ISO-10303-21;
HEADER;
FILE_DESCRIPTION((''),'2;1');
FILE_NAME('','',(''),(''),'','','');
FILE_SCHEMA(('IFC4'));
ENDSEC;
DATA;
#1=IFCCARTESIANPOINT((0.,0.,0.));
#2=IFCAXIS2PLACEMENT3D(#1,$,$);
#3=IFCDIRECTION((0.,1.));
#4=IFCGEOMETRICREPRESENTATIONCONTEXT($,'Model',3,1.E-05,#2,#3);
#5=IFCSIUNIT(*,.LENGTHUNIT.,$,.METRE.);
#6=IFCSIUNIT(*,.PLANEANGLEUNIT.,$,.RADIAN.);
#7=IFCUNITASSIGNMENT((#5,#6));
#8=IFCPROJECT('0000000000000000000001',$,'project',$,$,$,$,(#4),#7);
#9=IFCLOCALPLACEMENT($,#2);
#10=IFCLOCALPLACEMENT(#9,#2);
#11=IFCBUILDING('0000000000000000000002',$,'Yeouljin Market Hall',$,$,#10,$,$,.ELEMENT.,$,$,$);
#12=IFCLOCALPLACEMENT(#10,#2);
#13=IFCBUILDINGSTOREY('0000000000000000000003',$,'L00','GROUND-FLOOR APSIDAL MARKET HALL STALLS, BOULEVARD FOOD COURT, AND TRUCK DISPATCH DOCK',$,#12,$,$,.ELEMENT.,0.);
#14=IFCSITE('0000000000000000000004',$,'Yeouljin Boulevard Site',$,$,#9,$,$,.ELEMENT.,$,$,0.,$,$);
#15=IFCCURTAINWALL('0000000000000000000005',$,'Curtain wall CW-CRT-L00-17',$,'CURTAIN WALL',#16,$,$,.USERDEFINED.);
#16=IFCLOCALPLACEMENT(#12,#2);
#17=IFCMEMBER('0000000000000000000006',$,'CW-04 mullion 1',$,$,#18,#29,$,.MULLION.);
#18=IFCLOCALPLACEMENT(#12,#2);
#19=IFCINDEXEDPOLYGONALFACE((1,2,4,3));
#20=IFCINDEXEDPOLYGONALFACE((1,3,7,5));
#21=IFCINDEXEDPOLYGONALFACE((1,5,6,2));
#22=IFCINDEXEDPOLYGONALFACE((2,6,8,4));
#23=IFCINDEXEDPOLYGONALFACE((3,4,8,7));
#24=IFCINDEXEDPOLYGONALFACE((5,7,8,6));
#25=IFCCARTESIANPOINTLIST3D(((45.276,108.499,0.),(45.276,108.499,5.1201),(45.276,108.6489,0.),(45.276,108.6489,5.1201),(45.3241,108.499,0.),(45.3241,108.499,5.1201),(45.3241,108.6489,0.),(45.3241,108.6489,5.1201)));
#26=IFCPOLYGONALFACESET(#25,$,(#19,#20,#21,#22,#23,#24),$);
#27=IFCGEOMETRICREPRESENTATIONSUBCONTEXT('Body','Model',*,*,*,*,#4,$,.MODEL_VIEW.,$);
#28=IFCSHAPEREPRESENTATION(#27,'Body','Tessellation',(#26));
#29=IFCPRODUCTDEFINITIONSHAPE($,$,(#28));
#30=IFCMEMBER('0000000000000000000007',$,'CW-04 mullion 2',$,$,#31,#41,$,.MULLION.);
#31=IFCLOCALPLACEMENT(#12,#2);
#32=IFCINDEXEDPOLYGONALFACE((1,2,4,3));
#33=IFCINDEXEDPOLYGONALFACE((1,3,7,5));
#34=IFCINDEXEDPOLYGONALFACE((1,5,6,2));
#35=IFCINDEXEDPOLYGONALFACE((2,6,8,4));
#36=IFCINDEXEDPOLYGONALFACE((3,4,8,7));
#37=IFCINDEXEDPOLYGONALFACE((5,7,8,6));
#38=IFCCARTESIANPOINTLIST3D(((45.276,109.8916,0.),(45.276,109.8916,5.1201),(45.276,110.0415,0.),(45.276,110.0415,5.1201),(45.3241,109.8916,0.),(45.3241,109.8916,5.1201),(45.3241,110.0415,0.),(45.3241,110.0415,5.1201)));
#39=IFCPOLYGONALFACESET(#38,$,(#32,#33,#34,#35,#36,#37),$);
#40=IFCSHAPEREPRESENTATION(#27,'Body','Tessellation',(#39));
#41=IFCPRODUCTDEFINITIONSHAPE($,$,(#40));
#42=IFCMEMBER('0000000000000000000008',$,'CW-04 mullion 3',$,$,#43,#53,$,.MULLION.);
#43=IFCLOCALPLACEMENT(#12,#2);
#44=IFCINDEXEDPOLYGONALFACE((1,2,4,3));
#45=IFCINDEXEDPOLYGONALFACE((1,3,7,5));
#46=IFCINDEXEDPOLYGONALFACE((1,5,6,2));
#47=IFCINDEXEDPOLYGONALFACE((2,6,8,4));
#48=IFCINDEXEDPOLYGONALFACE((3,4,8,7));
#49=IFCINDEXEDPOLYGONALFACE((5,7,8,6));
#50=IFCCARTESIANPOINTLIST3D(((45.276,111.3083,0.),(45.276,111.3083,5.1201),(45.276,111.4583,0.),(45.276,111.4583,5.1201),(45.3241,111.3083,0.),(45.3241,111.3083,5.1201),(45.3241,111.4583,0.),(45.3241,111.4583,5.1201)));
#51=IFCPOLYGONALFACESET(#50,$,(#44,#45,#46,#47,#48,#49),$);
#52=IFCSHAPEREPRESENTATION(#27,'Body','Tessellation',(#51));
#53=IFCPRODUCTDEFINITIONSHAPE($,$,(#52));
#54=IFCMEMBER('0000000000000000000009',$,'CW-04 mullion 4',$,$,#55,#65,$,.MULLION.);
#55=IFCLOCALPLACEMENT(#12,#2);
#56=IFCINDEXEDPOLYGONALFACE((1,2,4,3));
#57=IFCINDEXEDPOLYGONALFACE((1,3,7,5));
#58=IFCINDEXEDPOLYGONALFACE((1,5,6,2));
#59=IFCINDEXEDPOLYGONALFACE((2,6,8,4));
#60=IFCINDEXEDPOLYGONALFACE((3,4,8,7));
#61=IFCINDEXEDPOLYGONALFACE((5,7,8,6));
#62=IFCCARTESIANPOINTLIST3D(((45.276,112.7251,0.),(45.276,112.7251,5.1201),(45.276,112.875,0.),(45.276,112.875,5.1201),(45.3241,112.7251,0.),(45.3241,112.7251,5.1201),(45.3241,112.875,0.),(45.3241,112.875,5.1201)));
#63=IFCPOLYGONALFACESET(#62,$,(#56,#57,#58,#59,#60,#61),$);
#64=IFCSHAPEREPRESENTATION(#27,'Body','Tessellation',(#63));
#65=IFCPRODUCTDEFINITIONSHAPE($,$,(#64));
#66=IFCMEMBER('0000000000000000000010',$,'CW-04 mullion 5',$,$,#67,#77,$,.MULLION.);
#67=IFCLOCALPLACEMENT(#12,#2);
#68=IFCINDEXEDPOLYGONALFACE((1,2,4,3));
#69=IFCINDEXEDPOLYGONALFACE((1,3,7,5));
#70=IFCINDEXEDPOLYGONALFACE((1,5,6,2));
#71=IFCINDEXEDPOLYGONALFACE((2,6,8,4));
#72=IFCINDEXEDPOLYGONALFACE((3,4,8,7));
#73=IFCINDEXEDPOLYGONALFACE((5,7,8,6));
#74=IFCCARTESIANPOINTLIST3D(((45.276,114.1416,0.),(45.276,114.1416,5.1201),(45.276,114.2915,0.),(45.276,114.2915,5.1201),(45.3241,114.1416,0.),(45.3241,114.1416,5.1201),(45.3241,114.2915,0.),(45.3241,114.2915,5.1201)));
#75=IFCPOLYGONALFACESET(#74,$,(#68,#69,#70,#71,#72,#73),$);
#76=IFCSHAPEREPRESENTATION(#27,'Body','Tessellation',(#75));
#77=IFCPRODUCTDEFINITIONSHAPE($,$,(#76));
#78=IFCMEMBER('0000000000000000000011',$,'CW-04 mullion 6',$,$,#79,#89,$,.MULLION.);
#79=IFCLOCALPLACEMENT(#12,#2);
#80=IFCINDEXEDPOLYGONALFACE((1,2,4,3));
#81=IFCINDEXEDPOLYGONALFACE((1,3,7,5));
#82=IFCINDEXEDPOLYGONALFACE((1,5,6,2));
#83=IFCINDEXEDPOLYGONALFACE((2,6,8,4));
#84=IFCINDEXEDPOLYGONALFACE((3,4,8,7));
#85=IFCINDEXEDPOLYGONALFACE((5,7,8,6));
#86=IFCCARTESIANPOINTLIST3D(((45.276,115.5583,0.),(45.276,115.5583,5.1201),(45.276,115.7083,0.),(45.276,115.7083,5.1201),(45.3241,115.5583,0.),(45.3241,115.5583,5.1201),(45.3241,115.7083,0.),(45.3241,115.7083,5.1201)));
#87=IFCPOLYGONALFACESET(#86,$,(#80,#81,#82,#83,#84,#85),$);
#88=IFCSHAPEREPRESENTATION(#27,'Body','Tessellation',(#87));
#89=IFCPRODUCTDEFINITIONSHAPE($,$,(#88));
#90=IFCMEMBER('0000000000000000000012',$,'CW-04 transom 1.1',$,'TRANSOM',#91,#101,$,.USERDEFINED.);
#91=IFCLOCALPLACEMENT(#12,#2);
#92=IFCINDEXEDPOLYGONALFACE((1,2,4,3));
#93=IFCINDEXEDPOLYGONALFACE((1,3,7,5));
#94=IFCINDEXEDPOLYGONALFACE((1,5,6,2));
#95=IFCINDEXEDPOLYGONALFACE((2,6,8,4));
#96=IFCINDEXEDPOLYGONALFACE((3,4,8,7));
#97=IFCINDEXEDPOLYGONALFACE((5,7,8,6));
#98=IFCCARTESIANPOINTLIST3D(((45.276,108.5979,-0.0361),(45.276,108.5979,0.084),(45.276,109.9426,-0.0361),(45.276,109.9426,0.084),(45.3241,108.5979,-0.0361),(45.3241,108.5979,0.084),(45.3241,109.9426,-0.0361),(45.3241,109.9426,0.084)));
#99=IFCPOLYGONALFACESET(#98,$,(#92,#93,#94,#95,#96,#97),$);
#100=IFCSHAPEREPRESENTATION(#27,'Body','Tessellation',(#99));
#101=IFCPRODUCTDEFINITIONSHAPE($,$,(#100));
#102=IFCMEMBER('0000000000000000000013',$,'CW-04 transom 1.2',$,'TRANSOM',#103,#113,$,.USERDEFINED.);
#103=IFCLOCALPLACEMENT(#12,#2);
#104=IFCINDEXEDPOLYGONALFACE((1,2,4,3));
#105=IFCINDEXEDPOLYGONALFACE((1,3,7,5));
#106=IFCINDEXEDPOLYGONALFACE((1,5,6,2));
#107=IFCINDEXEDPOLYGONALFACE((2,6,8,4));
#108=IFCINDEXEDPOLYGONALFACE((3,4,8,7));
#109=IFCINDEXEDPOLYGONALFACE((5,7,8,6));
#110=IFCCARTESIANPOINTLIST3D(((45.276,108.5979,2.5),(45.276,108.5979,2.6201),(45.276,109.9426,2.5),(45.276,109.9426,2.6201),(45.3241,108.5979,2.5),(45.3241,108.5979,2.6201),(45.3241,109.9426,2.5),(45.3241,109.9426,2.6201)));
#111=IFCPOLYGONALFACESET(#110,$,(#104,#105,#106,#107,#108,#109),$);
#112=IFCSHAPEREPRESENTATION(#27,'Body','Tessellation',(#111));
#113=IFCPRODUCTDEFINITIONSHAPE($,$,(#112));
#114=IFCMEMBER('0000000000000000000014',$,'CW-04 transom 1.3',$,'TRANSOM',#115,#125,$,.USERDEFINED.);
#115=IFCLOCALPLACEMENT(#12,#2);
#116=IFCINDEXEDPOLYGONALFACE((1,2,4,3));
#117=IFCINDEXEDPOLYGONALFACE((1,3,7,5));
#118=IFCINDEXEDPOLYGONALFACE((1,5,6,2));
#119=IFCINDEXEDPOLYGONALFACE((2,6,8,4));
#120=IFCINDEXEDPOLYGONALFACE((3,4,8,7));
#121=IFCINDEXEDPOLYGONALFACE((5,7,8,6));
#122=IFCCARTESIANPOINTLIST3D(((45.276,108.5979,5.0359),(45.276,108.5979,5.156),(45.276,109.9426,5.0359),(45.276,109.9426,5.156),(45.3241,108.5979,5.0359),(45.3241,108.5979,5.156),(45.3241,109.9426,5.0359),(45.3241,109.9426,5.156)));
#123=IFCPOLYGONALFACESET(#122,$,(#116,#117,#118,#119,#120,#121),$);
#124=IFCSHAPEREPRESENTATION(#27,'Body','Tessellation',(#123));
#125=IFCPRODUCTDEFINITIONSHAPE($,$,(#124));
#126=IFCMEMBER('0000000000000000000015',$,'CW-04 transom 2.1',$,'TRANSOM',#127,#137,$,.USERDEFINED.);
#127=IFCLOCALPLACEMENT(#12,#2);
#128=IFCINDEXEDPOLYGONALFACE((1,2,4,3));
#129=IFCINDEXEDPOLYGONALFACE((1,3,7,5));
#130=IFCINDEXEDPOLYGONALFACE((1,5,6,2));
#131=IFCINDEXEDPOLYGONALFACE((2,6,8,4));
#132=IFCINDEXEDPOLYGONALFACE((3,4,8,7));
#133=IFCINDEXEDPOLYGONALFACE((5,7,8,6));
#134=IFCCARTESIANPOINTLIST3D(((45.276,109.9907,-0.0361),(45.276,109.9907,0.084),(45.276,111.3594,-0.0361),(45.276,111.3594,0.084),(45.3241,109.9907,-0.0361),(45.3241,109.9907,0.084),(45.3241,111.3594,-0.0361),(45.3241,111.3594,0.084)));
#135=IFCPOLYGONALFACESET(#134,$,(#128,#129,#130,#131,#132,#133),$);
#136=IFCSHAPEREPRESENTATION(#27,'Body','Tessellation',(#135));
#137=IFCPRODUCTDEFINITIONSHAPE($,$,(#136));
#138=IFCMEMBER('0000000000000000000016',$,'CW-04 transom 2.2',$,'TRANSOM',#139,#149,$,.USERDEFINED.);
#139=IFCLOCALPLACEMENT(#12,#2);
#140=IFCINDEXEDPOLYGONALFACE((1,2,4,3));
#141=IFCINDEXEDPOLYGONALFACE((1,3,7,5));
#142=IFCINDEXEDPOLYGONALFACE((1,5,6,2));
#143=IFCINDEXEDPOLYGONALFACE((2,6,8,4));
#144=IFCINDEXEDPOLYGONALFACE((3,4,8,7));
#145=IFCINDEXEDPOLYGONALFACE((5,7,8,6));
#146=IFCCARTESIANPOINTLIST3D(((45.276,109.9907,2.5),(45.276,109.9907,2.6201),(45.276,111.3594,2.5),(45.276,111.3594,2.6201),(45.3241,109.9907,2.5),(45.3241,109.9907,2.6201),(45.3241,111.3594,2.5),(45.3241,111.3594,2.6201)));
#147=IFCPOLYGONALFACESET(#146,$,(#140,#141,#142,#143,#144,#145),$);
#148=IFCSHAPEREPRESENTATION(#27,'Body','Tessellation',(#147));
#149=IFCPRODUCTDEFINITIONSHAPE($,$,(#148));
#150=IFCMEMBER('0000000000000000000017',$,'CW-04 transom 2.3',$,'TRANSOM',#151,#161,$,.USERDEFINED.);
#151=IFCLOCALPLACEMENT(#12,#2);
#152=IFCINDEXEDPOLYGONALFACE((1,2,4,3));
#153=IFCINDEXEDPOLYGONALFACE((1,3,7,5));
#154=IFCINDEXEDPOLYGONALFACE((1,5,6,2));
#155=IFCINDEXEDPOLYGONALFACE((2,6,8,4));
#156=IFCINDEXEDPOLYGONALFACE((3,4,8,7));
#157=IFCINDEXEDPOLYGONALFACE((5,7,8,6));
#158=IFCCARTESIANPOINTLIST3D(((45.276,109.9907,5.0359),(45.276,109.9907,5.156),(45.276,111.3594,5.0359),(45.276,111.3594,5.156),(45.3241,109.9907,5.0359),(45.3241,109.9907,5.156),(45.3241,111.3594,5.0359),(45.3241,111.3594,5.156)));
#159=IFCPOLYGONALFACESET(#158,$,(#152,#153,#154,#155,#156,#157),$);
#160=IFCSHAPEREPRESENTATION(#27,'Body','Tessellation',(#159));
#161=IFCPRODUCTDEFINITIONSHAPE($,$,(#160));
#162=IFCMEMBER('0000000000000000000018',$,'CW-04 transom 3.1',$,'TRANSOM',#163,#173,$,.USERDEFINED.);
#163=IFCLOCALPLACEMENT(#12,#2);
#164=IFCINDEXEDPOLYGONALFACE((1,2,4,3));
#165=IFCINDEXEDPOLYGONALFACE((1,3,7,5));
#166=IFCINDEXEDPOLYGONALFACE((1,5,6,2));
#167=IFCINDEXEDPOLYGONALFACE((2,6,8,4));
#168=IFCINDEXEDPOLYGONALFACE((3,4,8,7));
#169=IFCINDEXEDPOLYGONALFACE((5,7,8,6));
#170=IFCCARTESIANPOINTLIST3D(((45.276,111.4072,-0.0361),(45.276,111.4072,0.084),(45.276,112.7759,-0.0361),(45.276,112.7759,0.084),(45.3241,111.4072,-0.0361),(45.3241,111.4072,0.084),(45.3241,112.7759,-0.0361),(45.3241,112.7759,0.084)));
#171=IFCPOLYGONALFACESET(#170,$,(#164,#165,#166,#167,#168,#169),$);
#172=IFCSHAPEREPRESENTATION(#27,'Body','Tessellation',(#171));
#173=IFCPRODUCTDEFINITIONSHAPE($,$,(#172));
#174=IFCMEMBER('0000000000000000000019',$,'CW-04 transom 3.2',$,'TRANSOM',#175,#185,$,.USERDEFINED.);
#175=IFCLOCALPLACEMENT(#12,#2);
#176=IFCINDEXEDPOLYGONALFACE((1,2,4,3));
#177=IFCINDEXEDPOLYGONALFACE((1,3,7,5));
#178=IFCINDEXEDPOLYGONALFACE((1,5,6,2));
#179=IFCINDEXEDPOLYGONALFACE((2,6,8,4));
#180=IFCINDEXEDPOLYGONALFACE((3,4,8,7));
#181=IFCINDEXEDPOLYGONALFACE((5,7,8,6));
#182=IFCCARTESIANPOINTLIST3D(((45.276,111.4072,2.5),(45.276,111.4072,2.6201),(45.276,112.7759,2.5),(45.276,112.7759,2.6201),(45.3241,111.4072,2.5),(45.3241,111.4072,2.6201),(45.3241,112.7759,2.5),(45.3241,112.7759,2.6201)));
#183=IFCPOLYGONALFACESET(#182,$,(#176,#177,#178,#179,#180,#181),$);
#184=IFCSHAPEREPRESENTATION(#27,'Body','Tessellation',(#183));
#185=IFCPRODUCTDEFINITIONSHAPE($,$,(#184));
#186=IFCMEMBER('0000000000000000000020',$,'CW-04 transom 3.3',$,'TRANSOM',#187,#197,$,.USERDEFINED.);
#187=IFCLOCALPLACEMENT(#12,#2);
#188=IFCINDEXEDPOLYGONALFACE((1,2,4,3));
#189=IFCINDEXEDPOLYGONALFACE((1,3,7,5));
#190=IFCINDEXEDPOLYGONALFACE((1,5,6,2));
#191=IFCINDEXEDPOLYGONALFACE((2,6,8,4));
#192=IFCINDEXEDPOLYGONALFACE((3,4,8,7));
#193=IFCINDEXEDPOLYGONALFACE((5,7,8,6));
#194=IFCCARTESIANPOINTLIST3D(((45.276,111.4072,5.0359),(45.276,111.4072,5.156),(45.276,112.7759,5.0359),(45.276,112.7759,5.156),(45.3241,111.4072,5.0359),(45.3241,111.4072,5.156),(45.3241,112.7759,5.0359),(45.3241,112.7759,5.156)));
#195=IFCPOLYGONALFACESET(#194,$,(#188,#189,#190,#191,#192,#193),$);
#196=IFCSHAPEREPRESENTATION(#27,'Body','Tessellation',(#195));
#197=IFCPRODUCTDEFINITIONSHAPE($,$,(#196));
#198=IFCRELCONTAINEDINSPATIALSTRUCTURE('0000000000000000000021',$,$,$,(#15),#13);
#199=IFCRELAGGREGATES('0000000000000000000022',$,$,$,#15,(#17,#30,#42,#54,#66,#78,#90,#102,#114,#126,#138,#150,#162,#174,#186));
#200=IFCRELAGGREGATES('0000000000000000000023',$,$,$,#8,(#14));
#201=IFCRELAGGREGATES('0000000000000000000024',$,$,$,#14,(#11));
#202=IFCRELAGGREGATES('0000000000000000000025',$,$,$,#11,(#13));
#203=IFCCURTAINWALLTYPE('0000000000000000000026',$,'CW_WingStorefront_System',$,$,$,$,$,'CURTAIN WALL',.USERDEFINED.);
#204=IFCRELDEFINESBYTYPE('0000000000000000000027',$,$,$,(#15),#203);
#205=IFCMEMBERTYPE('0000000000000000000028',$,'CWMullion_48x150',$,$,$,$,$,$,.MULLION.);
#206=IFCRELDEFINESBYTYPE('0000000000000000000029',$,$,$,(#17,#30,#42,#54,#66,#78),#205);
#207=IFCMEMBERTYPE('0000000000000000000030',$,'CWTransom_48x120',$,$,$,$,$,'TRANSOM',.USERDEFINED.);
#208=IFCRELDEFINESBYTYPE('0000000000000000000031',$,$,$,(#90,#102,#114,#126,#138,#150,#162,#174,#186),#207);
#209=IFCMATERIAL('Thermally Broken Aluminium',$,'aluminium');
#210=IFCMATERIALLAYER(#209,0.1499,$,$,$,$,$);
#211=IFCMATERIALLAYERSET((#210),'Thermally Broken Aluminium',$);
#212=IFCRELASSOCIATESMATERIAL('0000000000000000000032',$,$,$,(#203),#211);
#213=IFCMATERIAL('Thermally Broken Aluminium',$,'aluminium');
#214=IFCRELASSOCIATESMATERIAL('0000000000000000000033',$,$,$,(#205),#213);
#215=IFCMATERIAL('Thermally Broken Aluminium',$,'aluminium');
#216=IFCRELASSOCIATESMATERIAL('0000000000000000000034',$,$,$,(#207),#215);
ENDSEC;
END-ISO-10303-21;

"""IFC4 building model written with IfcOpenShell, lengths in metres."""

from ifc_helpers import new_model, si_unit, direction, frame, origin, origin_2d, place, context, subcontext, project, spatial, rectangle, extrude, material, layer, layer_set, material_profile, profile_set, type_object, element, aggregate, save


model = new_model("IFC4")

# Units and contexts
model_context = context("Model", 3, precision=1e-05, world=origin(), true_north=direction((0.0, 1.0)))
body_context = subcontext(model_context, "Body", "Model", "MODEL_VIEW")
ifc_project = project(units=[si_unit("LENGTHUNIT", "METRE"), si_unit("PLANEANGLEUNIT", "RADIAN")], contexts=[model_context])

# Site, building, storey
site_placement = place(None, origin())
site = spatial("IfcSite", under=ifc_project, at=site_placement, Name="Yeouljin Boulevard Site", CompositionType="ELEMENT", RefElevation=0.0)
building_placement = place(site_placement, origin())
building = spatial("IfcBuilding", under=site, at=building_placement, Name="Yeouljin Market Hall", CompositionType="ELEMENT")
storey_placement = place(building_placement, origin())
storey = spatial("IfcBuildingStorey", under=building, at=storey_placement, Name="L00", Description="GROUND-FLOOR APSIDAL MARKET HALL STALLS, BOULEVARD FOOD COURT, AND TRUCK DISPATCH DOCK", CompositionType="ELEMENT", Elevation=0.0)

# Curtain wall, members
ifc_material_1 = material(Name="Thermally Broken Aluminium", Category="aluminium")
ifc_layer_1 = layer(ifc_material_1, 0.1499)
ifc_layer_set_1 = layer_set([ifc_layer_1], Name="Thermally Broken Aluminium")
curtain_wall_type = type_object("IfcCurtainWallType", Name="CW_WingStorefront_System", ElementType="CURTAIN WALL", PredefinedType="USERDEFINED", material=ifc_layer_set_1)
curtain_wall_placement = place(storey_placement, origin())
curtain_wall = element("IfcCurtainWall", 1, at=curtain_wall_placement, inside=storey, type_object=curtain_wall_type, Name="Curtain wall CW-CRT-L00-17", ObjectType="CURTAIN WALL", PredefinedType="USERDEFINED")
ifc_material_2 = material(Name="Thermally Broken Aluminium", Category="aluminium")
ifc_material_profile_1 = material_profile(ifc_material_2, rectangle(XDim=0.0481, YDim=0.1499, at=origin_2d()), Name="CW-MULL-48x150")
ifc_profile_set_1 = profile_set([ifc_material_profile_1], Name="Thermally Broken Aluminium")
member_type_1 = type_object("IfcMemberType", Name="CWMullion_48x150", PredefinedType="MULLION", material=ifc_profile_set_1)
member_1_placement = place(storey_placement, frame((45.3, 108.574, 0.0), z_axis=(0.0, 0.0, 1.0), x_axis=(-1.0, 0.0, 0.0)))
member_1 = element("IfcMember", 2, at=member_1_placement, type_object=member_type_1, Name="CW-04 mullion 1", PredefinedType="MULLION", context=body_context, shape_type="SweptSolid", body=[
    extrude(rectangle(XDim=0.0481, YDim=0.1499, at=origin_2d()), origin(), (0.0, 0.0, 1.0), 5.1201),
])
member_2_placement = place(storey_placement, frame((45.3, 109.9666, 0.0), z_axis=(0.0, 0.0, 1.0), x_axis=(-1.0, 0.0, 0.0)))
member_2 = element("IfcMember", 3, at=member_2_placement, type_object=member_type_1, Name="CW-04 mullion 2", PredefinedType="MULLION", context=body_context, shape_type="SweptSolid", body=[
    extrude(rectangle(XDim=0.0481, YDim=0.1499, at=origin_2d()), origin(), (0.0, 0.0, 1.0), 5.1201),
])
member_3_placement = place(storey_placement, frame((45.3, 111.3833, 0.0), z_axis=(0.0, 0.0, 1.0), x_axis=(-1.0, 0.0, 0.0)))
member_3 = element("IfcMember", 4, at=member_3_placement, type_object=member_type_1, Name="CW-04 mullion 3", PredefinedType="MULLION", context=body_context, shape_type="SweptSolid", body=[
    extrude(rectangle(XDim=0.0481, YDim=0.1499, at=origin_2d()), origin(), (0.0, 0.0, 1.0), 5.1201),
])
member_4_placement = place(storey_placement, frame((45.3, 112.8, 0.0), z_axis=(0.0, 0.0, 1.0), x_axis=(-1.0, 0.0, 0.0)))
member_4 = element("IfcMember", 5, at=member_4_placement, type_object=member_type_1, Name="CW-04 mullion 4", PredefinedType="MULLION", context=body_context, shape_type="SweptSolid", body=[
    extrude(rectangle(XDim=0.0481, YDim=0.1499, at=origin_2d()), origin(), (0.0, 0.0, 1.0), 5.1201),
])
member_5_placement = place(storey_placement, frame((45.3, 114.2166, 0.0), z_axis=(0.0, 0.0, 1.0), x_axis=(-1.0, 0.0, 0.0)))
member_5 = element("IfcMember", 6, at=member_5_placement, type_object=member_type_1, Name="CW-04 mullion 5", PredefinedType="MULLION", context=body_context, shape_type="SweptSolid", body=[
    extrude(rectangle(XDim=0.0481, YDim=0.1499, at=origin_2d()), origin(), (0.0, 0.0, 1.0), 5.1201),
])
member_6_placement = place(storey_placement, frame((45.3, 115.6333, 0.0), z_axis=(0.0, 0.0, 1.0), x_axis=(-1.0, 0.0, 0.0)))
member_6 = element("IfcMember", 7, at=member_6_placement, type_object=member_type_1, Name="CW-04 mullion 6", PredefinedType="MULLION", context=body_context, shape_type="SweptSolid", body=[
    extrude(rectangle(XDim=0.0481, YDim=0.1499, at=origin_2d()), origin(), (0.0, 0.0, 1.0), 5.1201),
])
ifc_material_3 = material(Name="Thermally Broken Aluminium", Category="aluminium")
ifc_material_profile_2 = material_profile(ifc_material_3, rectangle(XDim=0.0481, YDim=0.1201, at=origin_2d()), Name="CW-TRAN-48x120")
ifc_profile_set_2 = profile_set([ifc_material_profile_2], Name="Thermally Broken Aluminium")
member_type_2 = type_object("IfcMemberType", Name="CWTransom_48x120", ElementType="TRANSOM", PredefinedType="USERDEFINED", material=ifc_profile_set_2)
member_7_placement = place(storey_placement, frame((45.3, 108.5979, 0.0239), z_axis=(0.0, 1.0, 0.0), x_axis=(-1.0, 0.0, 0.0)))
member_7 = element("IfcMember", 8, at=member_7_placement, type_object=member_type_2, Name="CW-04 transom 1.1", ObjectType="TRANSOM", PredefinedType="USERDEFINED", context=body_context, shape_type="SweptSolid", body=[
    extrude(rectangle(XDim=0.0481, YDim=0.1201, at=origin_2d()), origin(), (0.0, 0.0, 1.0), 1.3447),
])
member_8_placement = place(storey_placement, frame((45.3, 108.5979, 2.5601), z_axis=(0.0, 1.0, 0.0), x_axis=(-1.0, 0.0, 0.0)))
member_8 = element("IfcMember", 9, at=member_8_placement, type_object=member_type_2, Name="CW-04 transom 1.2", ObjectType="TRANSOM", PredefinedType="USERDEFINED", context=body_context, shape_type="SweptSolid", body=[
    extrude(rectangle(XDim=0.0481, YDim=0.1201, at=origin_2d()), origin(), (0.0, 0.0, 1.0), 1.3447),
])
member_9_placement = place(storey_placement, frame((45.3, 108.5979, 5.0959), z_axis=(0.0, 1.0, 0.0), x_axis=(-1.0, 0.0, 0.0)))
member_9 = element("IfcMember", 10, at=member_9_placement, type_object=member_type_2, Name="CW-04 transom 1.3", ObjectType="TRANSOM", PredefinedType="USERDEFINED", context=body_context, shape_type="SweptSolid", body=[
    extrude(rectangle(XDim=0.0481, YDim=0.1201, at=origin_2d()), origin(), (0.0, 0.0, 1.0), 1.3447),
])
member_10_placement = place(storey_placement, frame((45.3, 109.9907, 0.0239), z_axis=(0.0, 1.0, 0.0), x_axis=(-1.0, 0.0, 0.0)))
member_10 = element("IfcMember", 11, at=member_10_placement, type_object=member_type_2, Name="CW-04 transom 2.1", ObjectType="TRANSOM", PredefinedType="USERDEFINED", context=body_context, shape_type="SweptSolid", body=[
    extrude(rectangle(XDim=0.0481, YDim=0.1201, at=origin_2d()), origin(), (0.0, 0.0, 1.0), 1.3687),
])
member_11_placement = place(storey_placement, frame((45.3, 109.9907, 2.5601), z_axis=(0.0, 1.0, 0.0), x_axis=(-1.0, 0.0, 0.0)))
member_11 = element("IfcMember", 12, at=member_11_placement, type_object=member_type_2, Name="CW-04 transom 2.2", ObjectType="TRANSOM", PredefinedType="USERDEFINED", context=body_context, shape_type="SweptSolid", body=[
    extrude(rectangle(XDim=0.0481, YDim=0.1201, at=origin_2d()), origin(), (0.0, 0.0, 1.0), 1.3687),
])
member_12_placement = place(storey_placement, frame((45.3, 109.9907, 5.0959), z_axis=(0.0, 1.0, 0.0), x_axis=(-1.0, 0.0, 0.0)))
member_12 = element("IfcMember", 13, at=member_12_placement, type_object=member_type_2, Name="CW-04 transom 2.3", ObjectType="TRANSOM", PredefinedType="USERDEFINED", context=body_context, shape_type="SweptSolid", body=[
    extrude(rectangle(XDim=0.0481, YDim=0.1201, at=origin_2d()), origin(), (0.0, 0.0, 1.0), 1.3687),
])
member_13_placement = place(storey_placement, frame((45.3, 111.4072, 0.0239), z_axis=(0.0, 1.0, 0.0), x_axis=(-1.0, 0.0, 0.0)))
member_13 = element("IfcMember", 14, at=member_13_placement, type_object=member_type_2, Name="CW-04 transom 3.1", ObjectType="TRANSOM", PredefinedType="USERDEFINED", context=body_context, shape_type="SweptSolid", body=[
    extrude(rectangle(XDim=0.0481, YDim=0.1201, at=origin_2d()), origin(), (0.0, 0.0, 1.0), 1.3687),
])
member_14_placement = place(storey_placement, frame((45.3, 111.4072, 2.5601), z_axis=(0.0, 1.0, 0.0), x_axis=(-1.0, 0.0, 0.0)))
member_14 = element("IfcMember", 15, at=member_14_placement, type_object=member_type_2, Name="CW-04 transom 3.2", ObjectType="TRANSOM", PredefinedType="USERDEFINED", context=body_context, shape_type="SweptSolid", body=[
    extrude(rectangle(XDim=0.0481, YDim=0.1201, at=origin_2d()), origin(), (0.0, 0.0, 1.0), 1.3687),
])
member_15_placement = place(storey_placement, frame((45.3, 111.4072, 5.0959), z_axis=(0.0, 1.0, 0.0), x_axis=(-1.0, 0.0, 0.0)))
member_15 = element("IfcMember", 16, at=member_15_placement, type_object=member_type_2, Name="CW-04 transom 3.3", ObjectType="TRANSOM", PredefinedType="USERDEFINED", context=body_context, shape_type="SweptSolid", body=[
    extrude(rectangle(XDim=0.0481, YDim=0.1201, at=origin_2d()), origin(), (0.0, 0.0, 1.0), 1.3687),
])
aggregate(curtain_wall, [member_1, member_2, member_3, member_4, member_5, member_6, member_7, member_8, member_9, member_10, member_11, member_12, member_13, member_14, member_15])

save(model, "model.ifc")
